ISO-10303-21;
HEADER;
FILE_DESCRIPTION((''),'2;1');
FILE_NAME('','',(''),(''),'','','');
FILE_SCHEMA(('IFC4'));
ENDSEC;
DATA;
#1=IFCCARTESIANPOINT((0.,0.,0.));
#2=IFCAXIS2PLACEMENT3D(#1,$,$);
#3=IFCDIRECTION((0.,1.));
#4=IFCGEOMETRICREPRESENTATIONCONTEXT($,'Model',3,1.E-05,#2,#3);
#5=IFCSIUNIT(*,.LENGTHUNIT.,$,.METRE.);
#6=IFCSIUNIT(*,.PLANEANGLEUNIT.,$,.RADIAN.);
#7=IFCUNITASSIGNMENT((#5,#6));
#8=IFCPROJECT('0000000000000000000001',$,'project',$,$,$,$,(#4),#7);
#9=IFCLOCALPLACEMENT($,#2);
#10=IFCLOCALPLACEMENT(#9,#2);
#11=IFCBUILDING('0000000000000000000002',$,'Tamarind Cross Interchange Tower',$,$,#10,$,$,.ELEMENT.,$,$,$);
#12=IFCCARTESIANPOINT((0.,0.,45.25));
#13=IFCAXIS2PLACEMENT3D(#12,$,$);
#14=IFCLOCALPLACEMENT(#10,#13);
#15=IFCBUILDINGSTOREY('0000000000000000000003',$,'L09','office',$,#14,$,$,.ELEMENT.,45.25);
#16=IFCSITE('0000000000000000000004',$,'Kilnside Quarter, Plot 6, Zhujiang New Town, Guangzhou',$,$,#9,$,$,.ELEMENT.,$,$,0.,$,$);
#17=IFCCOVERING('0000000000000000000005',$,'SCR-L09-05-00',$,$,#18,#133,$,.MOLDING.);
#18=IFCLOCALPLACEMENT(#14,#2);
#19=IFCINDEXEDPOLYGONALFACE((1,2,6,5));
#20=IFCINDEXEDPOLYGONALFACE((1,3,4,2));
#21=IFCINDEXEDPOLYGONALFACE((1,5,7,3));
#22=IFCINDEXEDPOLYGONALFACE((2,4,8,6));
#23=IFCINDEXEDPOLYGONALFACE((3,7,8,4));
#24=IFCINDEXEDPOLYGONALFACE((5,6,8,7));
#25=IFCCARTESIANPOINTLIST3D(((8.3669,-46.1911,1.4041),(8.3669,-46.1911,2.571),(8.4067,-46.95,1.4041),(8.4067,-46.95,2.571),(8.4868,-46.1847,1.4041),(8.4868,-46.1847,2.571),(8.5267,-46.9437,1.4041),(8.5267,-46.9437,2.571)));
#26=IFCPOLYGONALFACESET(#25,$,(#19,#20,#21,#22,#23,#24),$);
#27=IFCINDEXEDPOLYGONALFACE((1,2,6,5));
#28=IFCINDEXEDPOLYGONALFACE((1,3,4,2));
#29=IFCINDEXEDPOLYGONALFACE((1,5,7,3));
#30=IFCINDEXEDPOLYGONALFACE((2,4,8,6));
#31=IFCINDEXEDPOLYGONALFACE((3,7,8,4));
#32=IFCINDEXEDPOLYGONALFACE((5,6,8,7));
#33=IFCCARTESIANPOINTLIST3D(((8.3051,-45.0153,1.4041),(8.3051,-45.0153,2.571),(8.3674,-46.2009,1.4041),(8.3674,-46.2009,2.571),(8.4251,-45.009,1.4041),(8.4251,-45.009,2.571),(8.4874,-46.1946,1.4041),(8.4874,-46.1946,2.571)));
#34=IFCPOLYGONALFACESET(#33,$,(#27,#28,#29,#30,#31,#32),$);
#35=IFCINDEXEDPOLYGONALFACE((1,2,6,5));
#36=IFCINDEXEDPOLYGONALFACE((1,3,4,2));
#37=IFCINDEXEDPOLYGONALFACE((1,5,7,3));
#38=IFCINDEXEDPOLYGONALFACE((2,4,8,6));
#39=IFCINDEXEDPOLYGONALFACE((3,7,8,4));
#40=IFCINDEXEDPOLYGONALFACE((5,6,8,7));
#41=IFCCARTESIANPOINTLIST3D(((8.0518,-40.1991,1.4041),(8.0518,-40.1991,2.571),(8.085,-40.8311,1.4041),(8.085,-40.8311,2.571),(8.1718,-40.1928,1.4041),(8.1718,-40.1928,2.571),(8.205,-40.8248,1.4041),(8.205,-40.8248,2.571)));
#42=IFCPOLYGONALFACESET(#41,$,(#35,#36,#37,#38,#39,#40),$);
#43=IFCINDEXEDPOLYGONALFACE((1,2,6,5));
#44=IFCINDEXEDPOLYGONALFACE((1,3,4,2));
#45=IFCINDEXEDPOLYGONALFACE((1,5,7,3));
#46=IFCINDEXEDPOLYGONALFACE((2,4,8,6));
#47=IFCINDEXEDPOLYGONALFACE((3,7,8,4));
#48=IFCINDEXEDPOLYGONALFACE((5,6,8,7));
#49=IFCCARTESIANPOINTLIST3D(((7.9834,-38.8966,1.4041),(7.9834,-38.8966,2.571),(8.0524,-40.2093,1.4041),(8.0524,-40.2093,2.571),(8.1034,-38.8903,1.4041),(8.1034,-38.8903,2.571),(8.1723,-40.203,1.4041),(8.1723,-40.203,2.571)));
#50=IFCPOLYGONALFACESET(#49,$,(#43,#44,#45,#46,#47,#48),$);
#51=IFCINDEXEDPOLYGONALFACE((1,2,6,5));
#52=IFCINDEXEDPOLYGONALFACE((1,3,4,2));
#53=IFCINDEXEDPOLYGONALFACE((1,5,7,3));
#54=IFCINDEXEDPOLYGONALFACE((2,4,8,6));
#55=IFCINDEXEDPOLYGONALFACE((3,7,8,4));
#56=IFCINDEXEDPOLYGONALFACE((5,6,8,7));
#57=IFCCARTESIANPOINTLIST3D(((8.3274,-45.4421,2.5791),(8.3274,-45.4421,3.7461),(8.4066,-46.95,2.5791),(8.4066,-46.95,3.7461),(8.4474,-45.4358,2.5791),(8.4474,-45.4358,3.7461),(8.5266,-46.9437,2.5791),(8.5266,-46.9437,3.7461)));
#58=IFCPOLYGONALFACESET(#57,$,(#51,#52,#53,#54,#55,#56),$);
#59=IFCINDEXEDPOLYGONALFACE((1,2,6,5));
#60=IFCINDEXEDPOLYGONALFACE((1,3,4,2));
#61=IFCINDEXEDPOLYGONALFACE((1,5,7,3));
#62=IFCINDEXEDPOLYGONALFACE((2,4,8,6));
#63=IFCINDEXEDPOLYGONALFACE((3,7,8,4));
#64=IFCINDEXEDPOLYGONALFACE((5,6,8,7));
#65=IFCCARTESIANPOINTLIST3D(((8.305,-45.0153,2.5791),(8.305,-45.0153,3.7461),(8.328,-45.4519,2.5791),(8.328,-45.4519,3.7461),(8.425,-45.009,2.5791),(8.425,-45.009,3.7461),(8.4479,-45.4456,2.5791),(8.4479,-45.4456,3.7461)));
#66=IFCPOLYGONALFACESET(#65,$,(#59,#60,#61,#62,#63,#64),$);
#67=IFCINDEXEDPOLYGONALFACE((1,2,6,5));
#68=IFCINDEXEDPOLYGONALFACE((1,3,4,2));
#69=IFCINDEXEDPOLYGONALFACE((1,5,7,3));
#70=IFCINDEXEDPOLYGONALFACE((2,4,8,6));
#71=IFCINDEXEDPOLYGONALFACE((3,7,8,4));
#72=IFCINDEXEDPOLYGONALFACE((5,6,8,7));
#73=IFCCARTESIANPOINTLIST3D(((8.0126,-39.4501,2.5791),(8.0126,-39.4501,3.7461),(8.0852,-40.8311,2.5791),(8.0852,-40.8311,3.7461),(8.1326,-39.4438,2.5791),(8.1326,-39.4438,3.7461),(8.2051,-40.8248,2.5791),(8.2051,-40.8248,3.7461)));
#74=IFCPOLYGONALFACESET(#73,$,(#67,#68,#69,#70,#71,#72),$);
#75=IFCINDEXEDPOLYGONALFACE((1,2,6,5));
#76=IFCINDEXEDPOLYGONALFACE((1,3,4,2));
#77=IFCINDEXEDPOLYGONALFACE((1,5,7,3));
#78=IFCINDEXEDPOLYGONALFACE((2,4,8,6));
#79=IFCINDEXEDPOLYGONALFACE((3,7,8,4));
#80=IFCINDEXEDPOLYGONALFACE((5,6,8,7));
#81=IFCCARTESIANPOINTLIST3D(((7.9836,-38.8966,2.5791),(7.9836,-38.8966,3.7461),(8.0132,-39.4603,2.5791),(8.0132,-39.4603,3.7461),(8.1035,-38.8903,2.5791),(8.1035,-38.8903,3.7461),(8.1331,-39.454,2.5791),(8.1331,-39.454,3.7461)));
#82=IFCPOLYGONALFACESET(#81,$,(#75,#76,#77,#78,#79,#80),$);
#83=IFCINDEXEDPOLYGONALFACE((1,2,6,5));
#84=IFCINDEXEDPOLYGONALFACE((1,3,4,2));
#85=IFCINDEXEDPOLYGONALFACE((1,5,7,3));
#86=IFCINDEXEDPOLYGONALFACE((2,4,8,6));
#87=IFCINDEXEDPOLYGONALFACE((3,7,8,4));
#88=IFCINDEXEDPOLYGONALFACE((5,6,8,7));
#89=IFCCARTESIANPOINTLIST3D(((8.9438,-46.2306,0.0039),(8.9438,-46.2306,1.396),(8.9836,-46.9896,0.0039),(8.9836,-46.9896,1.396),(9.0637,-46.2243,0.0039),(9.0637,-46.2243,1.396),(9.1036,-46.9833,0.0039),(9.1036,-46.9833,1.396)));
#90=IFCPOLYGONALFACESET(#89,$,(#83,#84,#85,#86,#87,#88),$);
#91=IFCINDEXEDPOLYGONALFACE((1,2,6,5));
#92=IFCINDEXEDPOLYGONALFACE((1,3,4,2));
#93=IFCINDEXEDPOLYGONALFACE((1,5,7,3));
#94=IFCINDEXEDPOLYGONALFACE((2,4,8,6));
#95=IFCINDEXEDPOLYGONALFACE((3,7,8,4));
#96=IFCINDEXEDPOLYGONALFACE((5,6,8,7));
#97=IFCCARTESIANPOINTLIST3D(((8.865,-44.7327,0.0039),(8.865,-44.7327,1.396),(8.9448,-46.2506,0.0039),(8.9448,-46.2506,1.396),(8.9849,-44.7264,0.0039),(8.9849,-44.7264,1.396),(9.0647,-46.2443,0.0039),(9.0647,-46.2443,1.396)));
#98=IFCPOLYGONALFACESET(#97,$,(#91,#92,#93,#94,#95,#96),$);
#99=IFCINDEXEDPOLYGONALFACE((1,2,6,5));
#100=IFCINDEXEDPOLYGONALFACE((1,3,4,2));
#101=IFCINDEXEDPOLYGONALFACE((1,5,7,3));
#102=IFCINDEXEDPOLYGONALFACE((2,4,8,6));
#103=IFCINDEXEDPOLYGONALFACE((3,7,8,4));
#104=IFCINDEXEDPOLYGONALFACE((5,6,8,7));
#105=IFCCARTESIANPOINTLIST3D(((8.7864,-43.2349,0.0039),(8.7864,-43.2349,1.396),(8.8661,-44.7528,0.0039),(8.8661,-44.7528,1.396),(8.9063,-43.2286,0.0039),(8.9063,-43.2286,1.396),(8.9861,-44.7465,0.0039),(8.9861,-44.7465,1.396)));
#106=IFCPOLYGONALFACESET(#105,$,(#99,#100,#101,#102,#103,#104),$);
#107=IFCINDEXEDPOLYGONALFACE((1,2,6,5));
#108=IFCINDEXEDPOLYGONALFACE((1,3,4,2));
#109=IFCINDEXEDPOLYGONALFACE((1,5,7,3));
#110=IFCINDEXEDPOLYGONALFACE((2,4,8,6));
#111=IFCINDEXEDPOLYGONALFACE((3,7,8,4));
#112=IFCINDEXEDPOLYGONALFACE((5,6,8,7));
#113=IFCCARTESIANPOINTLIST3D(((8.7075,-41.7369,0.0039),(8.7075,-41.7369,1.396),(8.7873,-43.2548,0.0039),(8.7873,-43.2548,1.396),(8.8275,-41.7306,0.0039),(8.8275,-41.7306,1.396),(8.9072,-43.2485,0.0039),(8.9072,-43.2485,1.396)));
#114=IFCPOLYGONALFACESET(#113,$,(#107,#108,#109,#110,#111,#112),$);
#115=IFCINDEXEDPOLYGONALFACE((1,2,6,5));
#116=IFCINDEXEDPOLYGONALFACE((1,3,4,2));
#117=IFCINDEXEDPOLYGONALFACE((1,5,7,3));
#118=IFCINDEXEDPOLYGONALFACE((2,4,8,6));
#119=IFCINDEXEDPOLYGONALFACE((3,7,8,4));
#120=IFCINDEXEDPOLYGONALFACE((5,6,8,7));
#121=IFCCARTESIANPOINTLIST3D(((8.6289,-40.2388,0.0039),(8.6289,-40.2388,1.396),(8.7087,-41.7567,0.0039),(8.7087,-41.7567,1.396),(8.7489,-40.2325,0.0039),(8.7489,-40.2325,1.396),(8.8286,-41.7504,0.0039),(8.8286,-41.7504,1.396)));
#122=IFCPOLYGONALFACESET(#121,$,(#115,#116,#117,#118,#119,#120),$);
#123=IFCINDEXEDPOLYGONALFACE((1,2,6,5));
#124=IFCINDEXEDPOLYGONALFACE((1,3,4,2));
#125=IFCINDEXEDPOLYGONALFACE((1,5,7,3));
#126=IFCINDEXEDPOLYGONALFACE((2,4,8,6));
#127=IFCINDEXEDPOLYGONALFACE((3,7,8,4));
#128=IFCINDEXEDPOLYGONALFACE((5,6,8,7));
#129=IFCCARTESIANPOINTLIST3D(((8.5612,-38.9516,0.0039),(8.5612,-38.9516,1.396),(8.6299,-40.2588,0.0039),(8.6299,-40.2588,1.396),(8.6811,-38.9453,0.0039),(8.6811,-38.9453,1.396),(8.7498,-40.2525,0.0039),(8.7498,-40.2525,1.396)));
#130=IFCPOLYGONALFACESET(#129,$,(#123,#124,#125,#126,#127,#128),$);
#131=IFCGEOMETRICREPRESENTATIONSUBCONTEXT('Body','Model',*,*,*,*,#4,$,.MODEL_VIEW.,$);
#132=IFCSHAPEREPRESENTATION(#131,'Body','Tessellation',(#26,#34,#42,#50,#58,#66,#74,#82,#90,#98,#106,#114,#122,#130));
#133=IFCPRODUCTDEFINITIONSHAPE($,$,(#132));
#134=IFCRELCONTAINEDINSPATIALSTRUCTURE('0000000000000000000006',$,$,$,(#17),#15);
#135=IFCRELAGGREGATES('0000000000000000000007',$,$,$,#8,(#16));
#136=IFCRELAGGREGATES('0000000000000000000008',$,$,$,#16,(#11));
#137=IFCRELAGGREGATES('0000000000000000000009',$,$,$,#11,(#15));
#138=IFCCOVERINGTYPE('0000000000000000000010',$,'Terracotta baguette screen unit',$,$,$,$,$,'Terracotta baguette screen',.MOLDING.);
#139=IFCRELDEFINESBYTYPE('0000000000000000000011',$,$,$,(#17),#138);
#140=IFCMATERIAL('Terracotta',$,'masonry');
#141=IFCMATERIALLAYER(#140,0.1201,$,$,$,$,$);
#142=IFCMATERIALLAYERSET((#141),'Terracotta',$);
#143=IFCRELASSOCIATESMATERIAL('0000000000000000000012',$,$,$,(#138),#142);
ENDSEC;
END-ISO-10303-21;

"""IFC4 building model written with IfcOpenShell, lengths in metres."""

from ifc_helpers import new_model, si_unit, direction, frame, origin, origin_2d, place, context, subcontext, project, spatial, rectangle, extrude, material, layer, layer_set, type_object, element, save


model = new_model("IFC4")

# Units and contexts
model_context = context("Model", 3, precision=1e-05, world=origin(), true_north=direction((0.0, 1.0)))
body_context = subcontext(model_context, "Body", "Model", "MODEL_VIEW")
ifc_project = project(units=[si_unit("LENGTHUNIT", "METRE"), si_unit("PLANEANGLEUNIT", "RADIAN")], contexts=[model_context])

# Site, building, storey
site_placement = place(None, origin())
site = spatial("IfcSite", under=ifc_project, at=site_placement, Name="Kilnside Quarter, Plot 6, Zhujiang New Town, Guangzhou", CompositionType="ELEMENT", RefElevation=0.0)
building_placement = place(site_placement, origin())
building = spatial("IfcBuilding", under=site, at=building_placement, Name="Tamarind Cross Interchange Tower", CompositionType="ELEMENT")
storey_placement = place(building_placement, frame((0.0, 0.0, 45.25)))
storey = spatial("IfcBuildingStorey", under=building, at=storey_placement, Name="L09", Description="office", CompositionType="ELEMENT", Elevation=45.25)

# Covering
ifc_material_1 = material(Name="Terracotta", Category="masonry")
ifc_layer_1 = layer(ifc_material_1, 0.1201)
ifc_layer_set_1 = layer_set([ifc_layer_1], Name="Terracotta")
covering_type = type_object("IfcCoveringType", Name="Terracotta baguette screen unit", ElementType="Terracotta baguette screen", PredefinedType="MOLDING", material=ifc_layer_set_1)
covering_1_placement = place(storey_placement, origin())
element("IfcCovering", 1, at=covering_1_placement, inside=storey, type_object=covering_type, Name="SCR-L09-05-00", PredefinedType="MOLDING", context=body_context, shape_type="SweptSolid", body=[
    extrude(rectangle(XDim=0.76, YDim=0.1201, at=origin_2d()), frame((8.4468, -46.5674, 1.4041), z_axis=(0.0, 0.0, 1.0), x_axis=(-0.052478, 0.998622, 0.0)), (0.0, 0.0, 1.0), 1.167),
    extrude(rectangle(XDim=1.1873, YDim=0.1201, at=origin_2d()), frame((8.3962, -45.605, 1.4041), z_axis=(0.0, 0.0, 1.0), x_axis=(-0.052478, 0.998622, 0.0)), (0.0, 0.0, 1.0), 1.167),
    extrude(rectangle(XDim=0.6328, YDim=0.1201, at=origin_2d()), frame((8.1284, -40.512, 1.4041), z_axis=(0.0, 0.0, 1.0), x_axis=(-0.052478, 0.998622, 0.0)), (0.0, 0.0, 1.0), 1.167),
    extrude(rectangle(XDim=1.3145, YDim=0.1201, at=origin_2d()), frame((8.0779, -39.5498, 1.4041), z_axis=(0.0, 0.0, 1.0), x_axis=(-0.052478, 0.998622, 0.0)), (0.0, 0.0, 1.0), 1.167),
    extrude(rectangle(XDim=1.51, YDim=0.1201, at=origin_2d()), frame((8.427, -46.1929, 2.5791), z_axis=(0.0, 0.0, 1.0), x_axis=(-0.052478, 0.998622, 0.0)), (0.0, 0.0, 1.0), 1.167),
    extrude(rectangle(XDim=0.4373, YDim=0.1201, at=origin_2d()), frame((8.3765, -45.2305, 2.5791), z_axis=(0.0, 0.0, 1.0), x_axis=(-0.052478, 0.998622, 0.0)), (0.0, 0.0, 1.0), 1.167),
    extrude(rectangle(XDim=1.3828, YDim=0.1201, at=origin_2d()), frame((8.1089, -40.1375, 2.5791), z_axis=(0.0, 0.0, 1.0), x_axis=(-0.052478, 0.998622, 0.0)), (0.0, 0.0, 1.0), 1.167),
    extrude(rectangle(XDim=0.5645, YDim=0.1201, at=origin_2d()), frame((8.0583, -39.1753, 2.5791), z_axis=(0.0, 0.0, 1.0), x_axis=(-0.052478, 0.998622, 0.0)), (0.0, 0.0, 1.0), 1.167),
    extrude(rectangle(XDim=0.76, YDim=0.1201, at=origin_2d()), frame((9.0237, -46.6069, 0.0039), z_axis=(0.0, 0.0, 1.0), x_axis=(-0.052478, 0.998622, 0.0)), (0.0, 0.0, 1.0), 1.3921),
    extrude(rectangle(XDim=1.52, YDim=0.1201, at=origin_2d()), frame((8.9648, -45.4885, 0.0039), z_axis=(0.0, 0.0, 1.0), x_axis=(-0.052478, 0.998622, 0.0)), (0.0, 0.0, 1.0), 1.3921),
    extrude(rectangle(XDim=1.52, YDim=0.1201, at=origin_2d()), frame((8.8862, -43.9907, 0.0039), z_axis=(0.0, 0.0, 1.0), x_axis=(-0.052478, 0.998622, 0.0)), (0.0, 0.0, 1.0), 1.3921),
    extrude(rectangle(XDim=1.52, YDim=0.1201, at=origin_2d()), frame((8.8074, -42.4927, 0.0039), z_axis=(0.0, 0.0, 1.0), x_axis=(-0.052478, 0.998622, 0.0)), (0.0, 0.0, 1.0), 1.3921),
    extrude(rectangle(XDim=1.52, YDim=0.1201, at=origin_2d()), frame((8.7288, -40.9946, 0.0039), z_axis=(0.0, 0.0, 1.0), x_axis=(-0.052478, 0.998622, 0.0)), (0.0, 0.0, 1.0), 1.3921),
    extrude(rectangle(XDim=1.3091, YDim=0.1201, at=origin_2d()), frame((8.6555, -39.6021, 0.0039), z_axis=(0.0, 0.0, 1.0), x_axis=(-0.052478, 0.998622, 0.0)), (0.0, 0.0, 1.0), 1.3921),
])

save(model, "model.ifc")
